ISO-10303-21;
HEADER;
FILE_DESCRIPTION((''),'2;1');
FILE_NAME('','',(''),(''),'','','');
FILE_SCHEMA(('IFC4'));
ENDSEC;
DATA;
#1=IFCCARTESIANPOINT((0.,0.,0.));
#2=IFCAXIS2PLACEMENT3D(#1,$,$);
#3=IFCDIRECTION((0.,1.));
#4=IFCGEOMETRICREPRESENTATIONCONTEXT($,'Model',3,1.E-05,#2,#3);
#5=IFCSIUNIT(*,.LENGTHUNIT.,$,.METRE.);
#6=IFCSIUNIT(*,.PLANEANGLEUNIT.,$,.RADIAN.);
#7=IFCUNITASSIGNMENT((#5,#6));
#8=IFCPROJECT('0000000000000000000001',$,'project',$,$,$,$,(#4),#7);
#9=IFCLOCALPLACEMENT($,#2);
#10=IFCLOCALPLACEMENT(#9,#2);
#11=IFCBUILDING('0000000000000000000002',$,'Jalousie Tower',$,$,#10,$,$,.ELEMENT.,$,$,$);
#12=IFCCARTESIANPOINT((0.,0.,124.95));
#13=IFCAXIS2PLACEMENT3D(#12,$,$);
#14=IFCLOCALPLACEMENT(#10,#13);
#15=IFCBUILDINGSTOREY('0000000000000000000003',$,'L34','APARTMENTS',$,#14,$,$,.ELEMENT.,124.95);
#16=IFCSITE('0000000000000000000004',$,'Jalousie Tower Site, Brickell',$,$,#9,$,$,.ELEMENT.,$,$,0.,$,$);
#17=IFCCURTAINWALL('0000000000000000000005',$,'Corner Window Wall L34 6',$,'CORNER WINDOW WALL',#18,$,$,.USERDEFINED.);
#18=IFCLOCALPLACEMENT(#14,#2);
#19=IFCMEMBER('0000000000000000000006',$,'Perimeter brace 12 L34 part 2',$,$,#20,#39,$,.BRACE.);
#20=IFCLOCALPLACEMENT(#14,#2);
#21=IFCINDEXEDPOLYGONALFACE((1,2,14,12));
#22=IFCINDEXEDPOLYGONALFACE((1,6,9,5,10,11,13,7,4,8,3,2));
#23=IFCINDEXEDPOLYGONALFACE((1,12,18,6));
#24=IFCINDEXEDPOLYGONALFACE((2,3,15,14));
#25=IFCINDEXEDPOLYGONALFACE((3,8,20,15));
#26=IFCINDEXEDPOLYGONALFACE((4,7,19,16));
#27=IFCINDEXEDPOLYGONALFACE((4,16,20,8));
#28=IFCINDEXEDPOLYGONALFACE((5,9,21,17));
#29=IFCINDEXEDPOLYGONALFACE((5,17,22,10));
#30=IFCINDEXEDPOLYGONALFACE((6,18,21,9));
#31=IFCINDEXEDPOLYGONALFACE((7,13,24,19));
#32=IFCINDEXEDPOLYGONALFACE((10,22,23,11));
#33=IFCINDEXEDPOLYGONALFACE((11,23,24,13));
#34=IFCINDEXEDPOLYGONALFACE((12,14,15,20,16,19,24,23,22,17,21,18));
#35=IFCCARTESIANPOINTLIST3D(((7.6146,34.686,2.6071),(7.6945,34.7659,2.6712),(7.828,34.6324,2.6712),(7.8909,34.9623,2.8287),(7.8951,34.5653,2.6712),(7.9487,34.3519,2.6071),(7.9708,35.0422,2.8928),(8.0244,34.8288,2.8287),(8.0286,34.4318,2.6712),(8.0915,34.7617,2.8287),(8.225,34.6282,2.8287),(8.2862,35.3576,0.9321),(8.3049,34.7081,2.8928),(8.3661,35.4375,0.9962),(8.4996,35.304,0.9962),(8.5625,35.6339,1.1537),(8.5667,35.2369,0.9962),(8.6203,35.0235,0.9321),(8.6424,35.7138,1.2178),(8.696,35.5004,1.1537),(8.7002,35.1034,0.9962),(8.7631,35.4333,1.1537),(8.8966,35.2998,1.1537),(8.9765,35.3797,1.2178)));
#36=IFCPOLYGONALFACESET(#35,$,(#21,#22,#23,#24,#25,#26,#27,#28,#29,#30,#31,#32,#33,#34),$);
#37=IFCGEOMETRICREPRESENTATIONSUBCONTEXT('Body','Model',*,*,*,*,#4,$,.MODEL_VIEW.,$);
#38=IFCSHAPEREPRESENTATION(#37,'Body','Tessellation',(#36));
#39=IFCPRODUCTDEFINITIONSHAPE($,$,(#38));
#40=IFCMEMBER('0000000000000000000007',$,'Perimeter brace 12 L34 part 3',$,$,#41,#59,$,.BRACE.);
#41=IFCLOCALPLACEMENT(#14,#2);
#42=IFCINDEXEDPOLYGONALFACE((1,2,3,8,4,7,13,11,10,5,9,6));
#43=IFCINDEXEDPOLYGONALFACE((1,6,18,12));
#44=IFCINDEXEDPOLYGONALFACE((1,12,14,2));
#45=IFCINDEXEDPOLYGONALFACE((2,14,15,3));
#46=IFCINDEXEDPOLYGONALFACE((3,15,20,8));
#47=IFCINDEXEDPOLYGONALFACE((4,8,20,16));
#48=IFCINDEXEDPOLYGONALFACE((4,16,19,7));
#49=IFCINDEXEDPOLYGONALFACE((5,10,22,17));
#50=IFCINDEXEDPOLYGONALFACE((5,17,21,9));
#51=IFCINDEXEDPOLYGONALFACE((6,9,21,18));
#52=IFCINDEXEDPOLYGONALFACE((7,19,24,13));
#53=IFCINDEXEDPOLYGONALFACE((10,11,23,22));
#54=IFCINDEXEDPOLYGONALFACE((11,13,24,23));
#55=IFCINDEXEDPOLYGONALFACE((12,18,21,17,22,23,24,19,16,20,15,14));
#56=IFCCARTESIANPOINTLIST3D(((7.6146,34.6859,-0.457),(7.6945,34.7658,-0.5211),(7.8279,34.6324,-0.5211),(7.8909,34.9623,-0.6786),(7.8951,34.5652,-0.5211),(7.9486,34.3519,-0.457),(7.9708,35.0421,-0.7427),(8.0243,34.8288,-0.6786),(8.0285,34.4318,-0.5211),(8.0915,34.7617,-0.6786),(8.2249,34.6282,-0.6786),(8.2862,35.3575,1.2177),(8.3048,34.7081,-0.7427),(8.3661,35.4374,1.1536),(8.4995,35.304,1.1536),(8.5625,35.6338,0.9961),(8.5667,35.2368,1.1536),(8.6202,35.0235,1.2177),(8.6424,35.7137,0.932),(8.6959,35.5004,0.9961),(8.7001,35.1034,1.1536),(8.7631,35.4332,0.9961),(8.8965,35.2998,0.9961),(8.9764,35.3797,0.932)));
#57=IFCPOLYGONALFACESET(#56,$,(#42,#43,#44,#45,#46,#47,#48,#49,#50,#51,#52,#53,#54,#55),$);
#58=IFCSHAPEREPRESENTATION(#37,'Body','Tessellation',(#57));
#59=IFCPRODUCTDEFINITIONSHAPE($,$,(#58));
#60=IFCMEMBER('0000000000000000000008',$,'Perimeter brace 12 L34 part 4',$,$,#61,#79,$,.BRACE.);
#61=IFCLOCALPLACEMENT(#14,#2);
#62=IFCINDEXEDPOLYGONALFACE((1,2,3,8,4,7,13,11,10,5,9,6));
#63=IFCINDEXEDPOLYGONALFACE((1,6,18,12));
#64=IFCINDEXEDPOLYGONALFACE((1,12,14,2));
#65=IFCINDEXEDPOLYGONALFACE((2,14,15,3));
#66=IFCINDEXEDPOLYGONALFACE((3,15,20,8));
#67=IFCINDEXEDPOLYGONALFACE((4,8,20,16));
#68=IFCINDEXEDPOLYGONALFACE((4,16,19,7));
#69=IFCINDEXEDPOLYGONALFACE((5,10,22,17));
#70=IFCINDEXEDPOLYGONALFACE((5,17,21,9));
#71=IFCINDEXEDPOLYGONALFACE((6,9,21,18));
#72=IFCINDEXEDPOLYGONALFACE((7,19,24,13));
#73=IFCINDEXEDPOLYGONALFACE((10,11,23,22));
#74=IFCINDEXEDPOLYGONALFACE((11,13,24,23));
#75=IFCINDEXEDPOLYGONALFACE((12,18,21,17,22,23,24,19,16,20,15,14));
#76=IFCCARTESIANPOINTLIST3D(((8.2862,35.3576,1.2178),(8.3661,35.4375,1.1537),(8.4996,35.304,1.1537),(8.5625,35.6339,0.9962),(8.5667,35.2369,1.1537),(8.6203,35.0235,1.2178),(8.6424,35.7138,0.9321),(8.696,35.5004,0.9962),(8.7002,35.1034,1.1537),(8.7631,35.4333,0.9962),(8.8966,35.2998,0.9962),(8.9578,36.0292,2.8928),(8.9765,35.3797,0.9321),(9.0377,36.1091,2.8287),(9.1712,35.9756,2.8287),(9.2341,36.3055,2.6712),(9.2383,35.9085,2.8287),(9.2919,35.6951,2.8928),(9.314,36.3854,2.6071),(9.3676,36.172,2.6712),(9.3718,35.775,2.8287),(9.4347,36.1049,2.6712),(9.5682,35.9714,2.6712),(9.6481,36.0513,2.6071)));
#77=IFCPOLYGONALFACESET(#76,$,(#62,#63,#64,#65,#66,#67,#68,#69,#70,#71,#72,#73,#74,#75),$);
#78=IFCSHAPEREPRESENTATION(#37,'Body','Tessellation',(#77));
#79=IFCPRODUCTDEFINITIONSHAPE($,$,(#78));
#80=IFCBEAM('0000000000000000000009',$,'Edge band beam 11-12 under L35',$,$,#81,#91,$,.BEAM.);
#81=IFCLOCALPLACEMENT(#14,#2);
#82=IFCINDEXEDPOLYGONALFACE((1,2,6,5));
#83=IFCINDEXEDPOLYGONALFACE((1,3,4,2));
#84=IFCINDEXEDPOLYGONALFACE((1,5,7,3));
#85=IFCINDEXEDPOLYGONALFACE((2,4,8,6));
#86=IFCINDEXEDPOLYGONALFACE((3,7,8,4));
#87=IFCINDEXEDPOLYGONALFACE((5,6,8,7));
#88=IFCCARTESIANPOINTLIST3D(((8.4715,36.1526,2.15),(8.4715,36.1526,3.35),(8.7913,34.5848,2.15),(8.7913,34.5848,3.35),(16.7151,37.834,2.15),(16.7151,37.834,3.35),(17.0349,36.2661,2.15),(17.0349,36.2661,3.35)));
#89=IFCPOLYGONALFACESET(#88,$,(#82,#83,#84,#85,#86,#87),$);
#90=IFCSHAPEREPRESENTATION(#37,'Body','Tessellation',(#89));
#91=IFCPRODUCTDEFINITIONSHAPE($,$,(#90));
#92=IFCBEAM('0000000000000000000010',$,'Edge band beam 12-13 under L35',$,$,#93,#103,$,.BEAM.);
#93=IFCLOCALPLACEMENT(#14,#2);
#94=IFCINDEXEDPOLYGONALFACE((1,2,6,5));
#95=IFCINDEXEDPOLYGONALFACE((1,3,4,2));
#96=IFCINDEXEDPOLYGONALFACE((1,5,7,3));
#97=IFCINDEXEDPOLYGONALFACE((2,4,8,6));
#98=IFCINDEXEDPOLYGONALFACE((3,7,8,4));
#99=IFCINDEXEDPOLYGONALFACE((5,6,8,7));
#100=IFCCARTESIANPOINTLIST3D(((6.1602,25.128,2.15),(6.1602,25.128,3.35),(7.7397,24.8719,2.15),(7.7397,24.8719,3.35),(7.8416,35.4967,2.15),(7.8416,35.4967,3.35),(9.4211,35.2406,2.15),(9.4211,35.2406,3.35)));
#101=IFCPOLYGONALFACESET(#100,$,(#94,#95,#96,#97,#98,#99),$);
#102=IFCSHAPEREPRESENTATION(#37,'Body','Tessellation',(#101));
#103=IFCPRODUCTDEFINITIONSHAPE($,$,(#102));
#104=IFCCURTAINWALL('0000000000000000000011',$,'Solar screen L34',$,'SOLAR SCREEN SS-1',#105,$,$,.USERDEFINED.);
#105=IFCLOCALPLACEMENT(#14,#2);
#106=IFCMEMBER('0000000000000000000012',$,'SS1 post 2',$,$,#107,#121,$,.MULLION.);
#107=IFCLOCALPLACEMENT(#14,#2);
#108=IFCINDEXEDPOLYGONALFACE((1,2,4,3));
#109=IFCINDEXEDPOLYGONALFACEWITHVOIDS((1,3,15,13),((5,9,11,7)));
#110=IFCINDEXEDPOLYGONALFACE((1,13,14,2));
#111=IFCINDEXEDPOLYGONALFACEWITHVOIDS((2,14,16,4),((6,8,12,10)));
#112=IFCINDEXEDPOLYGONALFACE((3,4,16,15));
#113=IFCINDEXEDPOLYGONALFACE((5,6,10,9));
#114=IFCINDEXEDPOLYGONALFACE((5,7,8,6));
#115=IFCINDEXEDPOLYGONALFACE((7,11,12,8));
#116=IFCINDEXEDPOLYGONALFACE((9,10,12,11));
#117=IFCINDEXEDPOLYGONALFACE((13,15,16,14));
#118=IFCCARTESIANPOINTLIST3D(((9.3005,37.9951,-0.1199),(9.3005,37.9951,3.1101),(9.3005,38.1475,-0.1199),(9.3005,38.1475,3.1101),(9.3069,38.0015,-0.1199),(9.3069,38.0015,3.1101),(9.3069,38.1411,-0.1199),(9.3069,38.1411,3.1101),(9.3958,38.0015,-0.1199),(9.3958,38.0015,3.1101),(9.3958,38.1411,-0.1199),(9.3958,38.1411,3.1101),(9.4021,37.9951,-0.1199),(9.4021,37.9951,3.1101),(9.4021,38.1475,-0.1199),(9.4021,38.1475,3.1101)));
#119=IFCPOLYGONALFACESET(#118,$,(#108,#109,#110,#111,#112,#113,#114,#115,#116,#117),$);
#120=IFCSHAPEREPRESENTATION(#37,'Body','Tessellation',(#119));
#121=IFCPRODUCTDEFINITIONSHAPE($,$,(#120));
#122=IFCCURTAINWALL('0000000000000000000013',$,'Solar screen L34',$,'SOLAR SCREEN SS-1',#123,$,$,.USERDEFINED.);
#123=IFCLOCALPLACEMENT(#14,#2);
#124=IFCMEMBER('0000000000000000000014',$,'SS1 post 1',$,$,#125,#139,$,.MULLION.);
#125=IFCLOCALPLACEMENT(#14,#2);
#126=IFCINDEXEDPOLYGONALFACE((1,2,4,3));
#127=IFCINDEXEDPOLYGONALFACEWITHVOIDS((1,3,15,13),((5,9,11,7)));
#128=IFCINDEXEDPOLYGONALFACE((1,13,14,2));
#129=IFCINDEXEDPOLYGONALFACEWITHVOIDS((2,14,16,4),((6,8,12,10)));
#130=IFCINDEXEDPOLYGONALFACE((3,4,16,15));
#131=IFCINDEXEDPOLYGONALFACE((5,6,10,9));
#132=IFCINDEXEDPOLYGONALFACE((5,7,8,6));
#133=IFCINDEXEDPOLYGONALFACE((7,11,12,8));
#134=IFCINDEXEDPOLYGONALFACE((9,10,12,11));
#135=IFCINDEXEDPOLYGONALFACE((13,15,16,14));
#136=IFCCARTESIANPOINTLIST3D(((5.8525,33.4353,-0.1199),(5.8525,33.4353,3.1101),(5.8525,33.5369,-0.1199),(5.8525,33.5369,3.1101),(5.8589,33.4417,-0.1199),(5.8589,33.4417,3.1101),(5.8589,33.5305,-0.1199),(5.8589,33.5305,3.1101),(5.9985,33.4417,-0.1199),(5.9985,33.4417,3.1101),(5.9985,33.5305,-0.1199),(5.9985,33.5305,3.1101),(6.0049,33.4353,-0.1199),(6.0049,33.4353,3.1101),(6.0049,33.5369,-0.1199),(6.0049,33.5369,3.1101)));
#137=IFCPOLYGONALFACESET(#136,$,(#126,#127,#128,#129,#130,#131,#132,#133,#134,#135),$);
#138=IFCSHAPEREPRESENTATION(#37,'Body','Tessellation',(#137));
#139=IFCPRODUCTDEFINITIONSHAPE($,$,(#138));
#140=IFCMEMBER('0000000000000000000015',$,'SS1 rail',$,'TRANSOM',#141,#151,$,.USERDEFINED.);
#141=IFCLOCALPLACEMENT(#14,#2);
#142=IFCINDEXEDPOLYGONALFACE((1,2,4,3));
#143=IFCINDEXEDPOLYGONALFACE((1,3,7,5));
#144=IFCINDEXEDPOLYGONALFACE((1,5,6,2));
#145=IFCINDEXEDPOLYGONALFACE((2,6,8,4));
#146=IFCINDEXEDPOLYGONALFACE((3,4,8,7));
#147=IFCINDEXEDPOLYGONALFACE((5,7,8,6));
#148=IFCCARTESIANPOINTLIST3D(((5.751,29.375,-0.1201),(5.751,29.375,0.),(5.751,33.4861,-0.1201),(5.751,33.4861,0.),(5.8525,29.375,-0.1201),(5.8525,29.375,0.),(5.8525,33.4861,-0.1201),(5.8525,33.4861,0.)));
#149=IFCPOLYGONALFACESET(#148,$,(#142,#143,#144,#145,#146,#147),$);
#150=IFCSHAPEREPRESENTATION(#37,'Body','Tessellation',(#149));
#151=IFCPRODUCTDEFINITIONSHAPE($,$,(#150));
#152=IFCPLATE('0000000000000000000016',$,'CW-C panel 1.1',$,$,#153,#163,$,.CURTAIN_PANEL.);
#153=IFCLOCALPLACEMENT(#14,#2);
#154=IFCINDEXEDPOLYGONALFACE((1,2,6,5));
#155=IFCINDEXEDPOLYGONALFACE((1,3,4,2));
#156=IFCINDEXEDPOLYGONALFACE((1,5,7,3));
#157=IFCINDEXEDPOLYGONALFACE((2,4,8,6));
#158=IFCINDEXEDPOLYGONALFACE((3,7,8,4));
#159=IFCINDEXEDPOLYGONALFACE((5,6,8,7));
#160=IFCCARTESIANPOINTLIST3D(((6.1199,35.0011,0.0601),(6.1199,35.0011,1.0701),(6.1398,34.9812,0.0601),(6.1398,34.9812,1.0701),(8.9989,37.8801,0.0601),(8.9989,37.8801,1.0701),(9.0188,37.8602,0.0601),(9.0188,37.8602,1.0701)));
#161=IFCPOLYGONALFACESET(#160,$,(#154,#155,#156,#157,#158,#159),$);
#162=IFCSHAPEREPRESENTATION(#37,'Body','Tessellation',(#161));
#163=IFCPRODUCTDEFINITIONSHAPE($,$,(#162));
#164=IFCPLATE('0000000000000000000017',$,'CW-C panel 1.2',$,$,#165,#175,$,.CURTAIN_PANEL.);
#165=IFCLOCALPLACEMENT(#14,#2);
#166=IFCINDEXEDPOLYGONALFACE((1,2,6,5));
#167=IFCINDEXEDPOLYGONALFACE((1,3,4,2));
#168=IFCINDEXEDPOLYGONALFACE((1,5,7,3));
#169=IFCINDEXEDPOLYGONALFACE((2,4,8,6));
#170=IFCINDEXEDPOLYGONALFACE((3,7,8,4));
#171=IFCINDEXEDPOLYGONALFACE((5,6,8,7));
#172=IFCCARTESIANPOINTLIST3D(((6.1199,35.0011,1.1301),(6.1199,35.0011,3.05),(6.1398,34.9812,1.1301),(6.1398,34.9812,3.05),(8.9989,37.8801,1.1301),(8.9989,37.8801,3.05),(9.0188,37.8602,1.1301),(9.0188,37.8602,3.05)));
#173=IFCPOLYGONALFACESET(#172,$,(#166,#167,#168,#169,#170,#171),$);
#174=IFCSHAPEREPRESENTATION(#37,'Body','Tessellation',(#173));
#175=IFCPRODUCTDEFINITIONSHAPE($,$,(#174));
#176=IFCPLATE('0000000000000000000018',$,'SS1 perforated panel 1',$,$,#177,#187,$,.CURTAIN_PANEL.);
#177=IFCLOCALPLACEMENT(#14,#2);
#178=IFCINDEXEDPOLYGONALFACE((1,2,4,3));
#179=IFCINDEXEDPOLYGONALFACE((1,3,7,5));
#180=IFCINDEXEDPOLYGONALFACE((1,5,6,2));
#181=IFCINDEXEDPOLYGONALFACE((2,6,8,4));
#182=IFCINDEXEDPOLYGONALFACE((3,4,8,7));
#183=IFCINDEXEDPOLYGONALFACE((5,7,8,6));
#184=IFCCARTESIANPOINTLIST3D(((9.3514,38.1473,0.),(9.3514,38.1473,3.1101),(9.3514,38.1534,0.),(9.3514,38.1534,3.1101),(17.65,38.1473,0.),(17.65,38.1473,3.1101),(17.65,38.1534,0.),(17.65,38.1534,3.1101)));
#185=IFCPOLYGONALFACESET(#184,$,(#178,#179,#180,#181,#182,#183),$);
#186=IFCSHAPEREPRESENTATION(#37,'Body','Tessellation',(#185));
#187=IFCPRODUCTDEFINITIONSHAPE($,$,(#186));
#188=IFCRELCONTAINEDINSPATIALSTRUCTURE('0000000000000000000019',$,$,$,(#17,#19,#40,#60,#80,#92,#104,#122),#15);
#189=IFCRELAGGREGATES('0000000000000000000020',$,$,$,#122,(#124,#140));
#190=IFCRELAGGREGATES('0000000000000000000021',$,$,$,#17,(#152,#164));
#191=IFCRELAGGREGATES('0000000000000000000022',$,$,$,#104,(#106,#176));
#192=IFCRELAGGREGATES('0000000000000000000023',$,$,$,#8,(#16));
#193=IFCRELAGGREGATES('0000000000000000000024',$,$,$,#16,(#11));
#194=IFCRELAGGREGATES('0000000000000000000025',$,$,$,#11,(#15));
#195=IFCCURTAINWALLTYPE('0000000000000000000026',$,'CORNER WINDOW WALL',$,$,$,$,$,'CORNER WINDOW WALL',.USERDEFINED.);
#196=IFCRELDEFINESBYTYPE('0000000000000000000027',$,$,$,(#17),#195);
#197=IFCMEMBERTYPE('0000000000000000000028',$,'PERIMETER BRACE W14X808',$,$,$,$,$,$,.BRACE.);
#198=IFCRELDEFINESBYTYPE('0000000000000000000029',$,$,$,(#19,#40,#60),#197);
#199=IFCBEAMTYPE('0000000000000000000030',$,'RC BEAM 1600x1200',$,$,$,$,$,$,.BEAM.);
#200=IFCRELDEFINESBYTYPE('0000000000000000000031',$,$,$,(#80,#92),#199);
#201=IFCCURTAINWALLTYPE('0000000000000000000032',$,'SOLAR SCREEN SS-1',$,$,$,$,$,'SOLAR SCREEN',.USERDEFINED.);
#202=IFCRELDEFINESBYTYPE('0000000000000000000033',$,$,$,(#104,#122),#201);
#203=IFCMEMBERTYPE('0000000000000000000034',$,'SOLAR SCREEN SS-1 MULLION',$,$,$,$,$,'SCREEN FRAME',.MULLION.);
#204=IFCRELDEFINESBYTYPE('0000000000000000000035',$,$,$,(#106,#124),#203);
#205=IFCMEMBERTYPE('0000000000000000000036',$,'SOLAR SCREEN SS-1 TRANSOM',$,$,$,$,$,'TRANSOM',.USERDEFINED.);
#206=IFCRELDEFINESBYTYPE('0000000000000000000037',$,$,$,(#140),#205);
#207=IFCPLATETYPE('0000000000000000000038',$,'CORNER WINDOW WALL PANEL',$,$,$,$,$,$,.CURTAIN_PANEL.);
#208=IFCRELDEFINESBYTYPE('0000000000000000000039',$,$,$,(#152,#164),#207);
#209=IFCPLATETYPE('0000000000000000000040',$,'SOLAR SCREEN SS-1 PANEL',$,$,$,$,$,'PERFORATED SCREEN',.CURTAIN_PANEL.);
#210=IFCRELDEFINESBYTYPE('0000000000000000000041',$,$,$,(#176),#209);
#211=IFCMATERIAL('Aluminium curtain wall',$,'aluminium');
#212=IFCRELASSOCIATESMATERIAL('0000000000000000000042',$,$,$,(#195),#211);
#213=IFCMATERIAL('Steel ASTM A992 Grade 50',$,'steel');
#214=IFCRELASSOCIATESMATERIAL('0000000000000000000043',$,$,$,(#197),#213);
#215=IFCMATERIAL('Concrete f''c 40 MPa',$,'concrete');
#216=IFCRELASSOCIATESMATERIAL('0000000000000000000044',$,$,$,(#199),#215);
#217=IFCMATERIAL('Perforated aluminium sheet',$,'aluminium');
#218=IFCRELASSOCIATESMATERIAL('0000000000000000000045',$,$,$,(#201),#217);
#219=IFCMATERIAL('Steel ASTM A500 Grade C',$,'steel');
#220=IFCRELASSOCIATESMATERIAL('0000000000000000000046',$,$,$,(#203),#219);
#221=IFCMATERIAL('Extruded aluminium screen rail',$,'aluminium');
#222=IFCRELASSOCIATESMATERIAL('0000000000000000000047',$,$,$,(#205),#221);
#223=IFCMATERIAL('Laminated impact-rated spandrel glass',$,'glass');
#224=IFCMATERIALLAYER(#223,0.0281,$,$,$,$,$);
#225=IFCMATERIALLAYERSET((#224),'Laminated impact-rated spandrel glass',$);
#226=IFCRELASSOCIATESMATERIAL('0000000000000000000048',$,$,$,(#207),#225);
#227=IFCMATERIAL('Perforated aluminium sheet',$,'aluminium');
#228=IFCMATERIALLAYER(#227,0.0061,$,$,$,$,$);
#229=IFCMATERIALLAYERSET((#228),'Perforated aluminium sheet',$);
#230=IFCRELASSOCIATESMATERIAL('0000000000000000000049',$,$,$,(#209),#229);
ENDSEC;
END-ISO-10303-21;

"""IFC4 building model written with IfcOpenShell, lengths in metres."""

from ifc_helpers import new_model, si_unit, direction, frame, origin, origin_2d, place, context, subcontext, project, spatial, rectangle, hollow_rectangle, i_section, extrude, material, layer, layer_set, material_profile, profile_set, type_object, element, aggregate, save


model = new_model("IFC4")

# Units and contexts
model_context = context("Model", 3, precision=1e-05, world=origin(), true_north=direction((0.0, 1.0)))
body_context = subcontext(model_context, "Body", "Model", "MODEL_VIEW")
ifc_project = project(units=[si_unit("LENGTHUNIT", "METRE"), si_unit("PLANEANGLEUNIT", "RADIAN")], contexts=[model_context])

# Site, building, storey
site_placement = place(None, origin())
site = spatial("IfcSite", under=ifc_project, at=site_placement, Name="Jalousie Tower Site, Brickell", CompositionType="ELEMENT", RefElevation=0.0)
building_placement = place(site_placement, origin())
building = spatial("IfcBuilding", under=site, at=building_placement, Name="Jalousie Tower", CompositionType="ELEMENT")
storey_placement = place(building_placement, frame((0.0, 0.0, 124.95)))
storey = spatial("IfcBuildingStorey", under=building, at=storey_placement, Name="L34", Description="APARTMENTS", CompositionType="ELEMENT", Elevation=124.95)

# Curtain wall
ifc_material_1 = material(Name="Aluminium curtain wall", Category="aluminium")
curtain_wall_type_1 = type_object("IfcCurtainWallType", Name="CORNER WINDOW WALL", ElementType="CORNER WINDOW WALL", PredefinedType="USERDEFINED", material=ifc_material_1)
curtain_wall_1_placement = place(storey_placement, origin())
curtain_wall_1 = element("IfcCurtainWall", 1, at=curtain_wall_1_placement, inside=storey, type_object=curtain_wall_type_1, Name="Corner Window Wall L34 6", ObjectType="CORNER WINDOW WALL", PredefinedType="USERDEFINED")

# Members
ifc_material_2 = material(Name="Steel ASTM A992 Grade 50", Category="steel")
ifc_material_profile_1 = material_profile(ifc_material_2, i_section(OverallWidth=0.4724, OverallDepth=0.5791, WebThickness=0.095, FlangeThickness=0.1299, at=origin_2d()), Name="W14X808")
ifc_profile_set_1 = profile_set([ifc_material_profile_1], Name="Steel ASTM A992 Grade 50")
member_type_1 = type_object("IfcMemberType", Name="PERIMETER BRACE W14X808", PredefinedType="BRACE", material=ifc_profile_set_1)
member_1_placement = place(storey_placement, frame((8.6313, 35.3687, 1.075), z_axis=(-0.348789, -0.348789, 0.869881), x_axis=(0.707107, -0.707107, 0.0)))
element("IfcMember", 2, at=member_1_placement, inside=storey, type_object=member_type_1, Name="Perimeter brace 12 L34 part 2", PredefinedType="BRACE", context=body_context, shape_type="SweptSolid", body=[
    extrude(i_section(OverallWidth=0.4724, OverallDepth=0.5791, WebThickness=0.095, FlangeThickness=0.1299, at=origin_2d()), origin(), (0.0, 0.0, 1.0), 1.9255),
])
member_2_placement = place(storey_placement, frame((7.9597, 34.697, -0.5999), z_axis=(0.348828, 0.348828, 0.86985), x_axis=(-0.707107, 0.707107, 0.0)))
element("IfcMember", 3, at=member_2_placement, inside=storey, type_object=member_type_1, Name="Perimeter brace 12 L34 part 3", PredefinedType="BRACE", context=body_context, shape_type="SweptSolid", body=[
    extrude(i_section(OverallWidth=0.4724, OverallDepth=0.5791, WebThickness=0.095, FlangeThickness=0.1299, at=origin_2d()), origin(), (0.0, 0.0, 1.0), 1.9253),
])
member_3_placement = place(storey_placement, frame((8.6313, 35.3687, 1.075), z_axis=(0.348789, 0.348789, 0.869881), x_axis=(-0.707107, 0.707107, 0.0)))
element("IfcMember", 4, at=member_3_placement, inside=storey, type_object=member_type_1, Name="Perimeter brace 12 L34 part 4", PredefinedType="BRACE", context=body_context, shape_type="SweptSolid", body=[
    extrude(i_section(OverallWidth=0.4724, OverallDepth=0.5791, WebThickness=0.095, FlangeThickness=0.1299, at=origin_2d()), origin(), (0.0, 0.0, 1.0), 1.9255),
])

# Beams
ifc_material_3 = material(Name="Concrete f'c 40 MPa", Category="concrete")
ifc_material_profile_2 = material_profile(ifc_material_3, rectangle(XDim=1.6001, YDim=1.2, at=origin_2d()), Name="RC 1600x1200")
ifc_profile_set_2 = profile_set([ifc_material_profile_2], Name="Concrete f'c 40 MPa")
beam_type_1 = type_object("IfcBeamType", Name="RC BEAM 1600x1200", PredefinedType="BEAM", material=ifc_profile_set_2)
beam_1_placement = place(storey_placement, frame((16.875, 37.05, 2.75), z_axis=(-0.979827, -0.199848, 0.0), x_axis=(0.199848, -0.979827, 0.0)))
element("IfcBeam", 5, at=beam_1_placement, inside=storey, type_object=beam_type_1, Name="Edge band beam 11-12 under L35", PredefinedType="BEAM", context=body_context, shape_type="SweptSolid", body=[
    extrude(rectangle(XDim=1.6001, YDim=1.2, at=origin_2d()), origin(), (0.0, 0.0, 1.0), 8.4133),
])
beam_2_placement = place(storey_placement, frame((8.6313, 35.3687, 2.75), z_axis=(-0.160071, -0.987106, 0.0), x_axis=(0.987106, -0.160071, 0.0)))
element("IfcBeam", 6, at=beam_2_placement, inside=storey, type_object=beam_type_1, Name="Edge band beam 12-13 under L35", PredefinedType="BEAM", context=body_context, shape_type="SweptSolid", body=[
    extrude(rectangle(XDim=1.6001, YDim=1.2, at=origin_2d()), origin(), (0.0, 0.0, 1.0), 10.5042),
])

# Curtain wall, member
ifc_material_4 = material(Name="Perforated aluminium sheet", Category="aluminium")
curtain_wall_type_2 = type_object("IfcCurtainWallType", Name="SOLAR SCREEN SS-1", ElementType="SOLAR SCREEN", PredefinedType="USERDEFINED", material=ifc_material_4)
curtain_wall_2_placement = place(storey_placement, origin())
curtain_wall_2 = element("IfcCurtainWall", 7, at=curtain_wall_2_placement, inside=storey, type_object=curtain_wall_type_2, Name="Solar screen L34", ObjectType="SOLAR SCREEN SS-1", PredefinedType="USERDEFINED")
ifc_material_5 = material(Name="Steel ASTM A500 Grade C", Category="steel")
ifc_material_profile_3 = material_profile(ifc_material_5, hollow_rectangle(XDim=0.1016, YDim=0.1523, WallThickness=0.0063, at=origin_2d()), Name="HSS6X4X1/4")
ifc_profile_set_3 = profile_set([ifc_material_profile_3], Name="Steel ASTM A500 Grade C")
member_type_2 = type_object("IfcMemberType", Name="SOLAR SCREEN SS-1 MULLION", ElementType="SCREEN FRAME", PredefinedType="MULLION", material=ifc_profile_set_3)
member_4_placement = place(storey_placement, frame((9.3513, 38.0713, -0.1199), z_axis=(0.0, 0.0, 1.0), x_axis=(-1.0, 0.0, 0.0)))
member_4 = element("IfcMember", 8, at=member_4_placement, type_object=member_type_2, Name="SS1 post 2", PredefinedType="MULLION", context=body_context, shape_type="SweptSolid", body=[
    extrude(hollow_rectangle(XDim=0.1016, YDim=0.1523, WallThickness=0.0063, at=origin_2d()), origin(), (0.0, 0.0, 1.0), 3.23),
])

# Curtain wall, members
curtain_wall_3_placement = place(storey_placement, origin())
curtain_wall_3 = element("IfcCurtainWall", 9, at=curtain_wall_3_placement, inside=storey, type_object=curtain_wall_type_2, Name="Solar screen L34", ObjectType="SOLAR SCREEN SS-1", PredefinedType="USERDEFINED")
member_5_placement = place(storey_placement, frame((5.9287, 33.4861, -0.1199), z_axis=(0.0, 0.0, 1.0), x_axis=(0.0, -1.0, 0.0)))
member_5 = element("IfcMember", 10, at=member_5_placement, type_object=member_type_2, Name="SS1 post 1", PredefinedType="MULLION", context=body_context, shape_type="SweptSolid", body=[
    extrude(hollow_rectangle(XDim=0.1016, YDim=0.1523, WallThickness=0.0063, at=origin_2d()), origin(), (0.0, 0.0, 1.0), 3.23),
])
ifc_material_6 = material(Name="Extruded aluminium screen rail", Category="aluminium")
ifc_material_profile_4 = material_profile(ifc_material_6, rectangle(XDim=0.1016, YDim=0.1201, at=origin_2d()), Name="RAIL 102x120")
ifc_profile_set_4 = profile_set([ifc_material_profile_4], Name="Extruded aluminium screen rail")
member_type_3 = type_object("IfcMemberType", Name="SOLAR SCREEN SS-1 TRANSOM", ElementType="TRANSOM", PredefinedType="USERDEFINED", material=ifc_profile_set_4)
member_6_placement = place(storey_placement, frame((5.8018, 33.4861, -0.0601), z_axis=(0.0, -1.0, 0.0), x_axis=(1.0, 0.0, 0.0)))
member_6 = element("IfcMember", 11, at=member_6_placement, type_object=member_type_3, Name="SS1 rail", ObjectType="TRANSOM", PredefinedType="USERDEFINED", context=body_context, shape_type="SweptSolid", body=[
    extrude(rectangle(XDim=0.1016, YDim=0.1201, at=origin_2d()), origin(), (0.0, 0.0, 1.0), 4.1111),
])
aggregate(curtain_wall_3, [member_5, member_6])

# Plates
ifc_material_7 = material(Name="Laminated impact-rated spandrel glass", Category="glass")
ifc_layer_1 = layer(ifc_material_7, 0.0281)
ifc_layer_set_1 = layer_set([ifc_layer_1], Name="Laminated impact-rated spandrel glass")
plate_type_1 = type_object("IfcPlateType", Name="CORNER WINDOW WALL PANEL", PredefinedType="CURTAIN_PANEL", material=ifc_layer_set_1)
plate_1_placement = place(storey_placement, frame((7.5693, 36.4307, 0.0601), z_axis=(0.0, 0.0, 1.0), x_axis=(-0.707107, -0.707107, 0.0)))
plate_1 = element("IfcPlate", 12, at=plate_1_placement, type_object=plate_type_1, Name="CW-C panel 1.1", PredefinedType="CURTAIN_PANEL", context=body_context, shape_type="SweptSolid", body=[
    extrude(rectangle(XDim=4.0715, YDim=0.0281, at=origin_2d()), origin(), (0.0, 0.0, 1.0), 1.01),
])
plate_2_placement = place(storey_placement, frame((7.5693, 36.4307, 1.1301), z_axis=(0.0, 0.0, 1.0), x_axis=(-0.707107, -0.707107, 0.0)))
plate_2 = element("IfcPlate", 13, at=plate_2_placement, type_object=plate_type_1, Name="CW-C panel 1.2", PredefinedType="CURTAIN_PANEL", context=body_context, shape_type="SweptSolid", body=[
    extrude(rectangle(XDim=4.0715, YDim=0.0281, at=origin_2d()), origin(), (0.0, 0.0, 1.0), 1.9199),
])
aggregate(curtain_wall_1, [plate_1, plate_2])
ifc_material_8 = material(Name="Perforated aluminium sheet", Category="aluminium")
ifc_layer_2 = layer(ifc_material_8, 0.0061)
ifc_layer_set_2 = layer_set([ifc_layer_2], Name="Perforated aluminium sheet")
plate_type_2 = type_object("IfcPlateType", Name="SOLAR SCREEN SS-1 PANEL", ElementType="PERFORATED SCREEN", PredefinedType="CURTAIN_PANEL", material=ifc_layer_set_2)
plate_3_placement = place(storey_placement, frame((13.5007, 38.1504, 0.0), z_axis=(0.0, 0.0, 1.0), x_axis=(-1.0, 0.0, 0.0)))
plate_3 = element("IfcPlate", 14, at=plate_3_placement, type_object=plate_type_2, Name="SS1 perforated panel 1", PredefinedType="CURTAIN_PANEL", context=body_context, shape_type="SweptSolid", body=[
    extrude(rectangle(XDim=8.2986, YDim=0.0061, at=origin_2d()), origin(), (0.0, 0.0, 1.0), 3.1101),
])
aggregate(curtain_wall_2, [member_4, plate_3])

save(model, "model.ifc")
